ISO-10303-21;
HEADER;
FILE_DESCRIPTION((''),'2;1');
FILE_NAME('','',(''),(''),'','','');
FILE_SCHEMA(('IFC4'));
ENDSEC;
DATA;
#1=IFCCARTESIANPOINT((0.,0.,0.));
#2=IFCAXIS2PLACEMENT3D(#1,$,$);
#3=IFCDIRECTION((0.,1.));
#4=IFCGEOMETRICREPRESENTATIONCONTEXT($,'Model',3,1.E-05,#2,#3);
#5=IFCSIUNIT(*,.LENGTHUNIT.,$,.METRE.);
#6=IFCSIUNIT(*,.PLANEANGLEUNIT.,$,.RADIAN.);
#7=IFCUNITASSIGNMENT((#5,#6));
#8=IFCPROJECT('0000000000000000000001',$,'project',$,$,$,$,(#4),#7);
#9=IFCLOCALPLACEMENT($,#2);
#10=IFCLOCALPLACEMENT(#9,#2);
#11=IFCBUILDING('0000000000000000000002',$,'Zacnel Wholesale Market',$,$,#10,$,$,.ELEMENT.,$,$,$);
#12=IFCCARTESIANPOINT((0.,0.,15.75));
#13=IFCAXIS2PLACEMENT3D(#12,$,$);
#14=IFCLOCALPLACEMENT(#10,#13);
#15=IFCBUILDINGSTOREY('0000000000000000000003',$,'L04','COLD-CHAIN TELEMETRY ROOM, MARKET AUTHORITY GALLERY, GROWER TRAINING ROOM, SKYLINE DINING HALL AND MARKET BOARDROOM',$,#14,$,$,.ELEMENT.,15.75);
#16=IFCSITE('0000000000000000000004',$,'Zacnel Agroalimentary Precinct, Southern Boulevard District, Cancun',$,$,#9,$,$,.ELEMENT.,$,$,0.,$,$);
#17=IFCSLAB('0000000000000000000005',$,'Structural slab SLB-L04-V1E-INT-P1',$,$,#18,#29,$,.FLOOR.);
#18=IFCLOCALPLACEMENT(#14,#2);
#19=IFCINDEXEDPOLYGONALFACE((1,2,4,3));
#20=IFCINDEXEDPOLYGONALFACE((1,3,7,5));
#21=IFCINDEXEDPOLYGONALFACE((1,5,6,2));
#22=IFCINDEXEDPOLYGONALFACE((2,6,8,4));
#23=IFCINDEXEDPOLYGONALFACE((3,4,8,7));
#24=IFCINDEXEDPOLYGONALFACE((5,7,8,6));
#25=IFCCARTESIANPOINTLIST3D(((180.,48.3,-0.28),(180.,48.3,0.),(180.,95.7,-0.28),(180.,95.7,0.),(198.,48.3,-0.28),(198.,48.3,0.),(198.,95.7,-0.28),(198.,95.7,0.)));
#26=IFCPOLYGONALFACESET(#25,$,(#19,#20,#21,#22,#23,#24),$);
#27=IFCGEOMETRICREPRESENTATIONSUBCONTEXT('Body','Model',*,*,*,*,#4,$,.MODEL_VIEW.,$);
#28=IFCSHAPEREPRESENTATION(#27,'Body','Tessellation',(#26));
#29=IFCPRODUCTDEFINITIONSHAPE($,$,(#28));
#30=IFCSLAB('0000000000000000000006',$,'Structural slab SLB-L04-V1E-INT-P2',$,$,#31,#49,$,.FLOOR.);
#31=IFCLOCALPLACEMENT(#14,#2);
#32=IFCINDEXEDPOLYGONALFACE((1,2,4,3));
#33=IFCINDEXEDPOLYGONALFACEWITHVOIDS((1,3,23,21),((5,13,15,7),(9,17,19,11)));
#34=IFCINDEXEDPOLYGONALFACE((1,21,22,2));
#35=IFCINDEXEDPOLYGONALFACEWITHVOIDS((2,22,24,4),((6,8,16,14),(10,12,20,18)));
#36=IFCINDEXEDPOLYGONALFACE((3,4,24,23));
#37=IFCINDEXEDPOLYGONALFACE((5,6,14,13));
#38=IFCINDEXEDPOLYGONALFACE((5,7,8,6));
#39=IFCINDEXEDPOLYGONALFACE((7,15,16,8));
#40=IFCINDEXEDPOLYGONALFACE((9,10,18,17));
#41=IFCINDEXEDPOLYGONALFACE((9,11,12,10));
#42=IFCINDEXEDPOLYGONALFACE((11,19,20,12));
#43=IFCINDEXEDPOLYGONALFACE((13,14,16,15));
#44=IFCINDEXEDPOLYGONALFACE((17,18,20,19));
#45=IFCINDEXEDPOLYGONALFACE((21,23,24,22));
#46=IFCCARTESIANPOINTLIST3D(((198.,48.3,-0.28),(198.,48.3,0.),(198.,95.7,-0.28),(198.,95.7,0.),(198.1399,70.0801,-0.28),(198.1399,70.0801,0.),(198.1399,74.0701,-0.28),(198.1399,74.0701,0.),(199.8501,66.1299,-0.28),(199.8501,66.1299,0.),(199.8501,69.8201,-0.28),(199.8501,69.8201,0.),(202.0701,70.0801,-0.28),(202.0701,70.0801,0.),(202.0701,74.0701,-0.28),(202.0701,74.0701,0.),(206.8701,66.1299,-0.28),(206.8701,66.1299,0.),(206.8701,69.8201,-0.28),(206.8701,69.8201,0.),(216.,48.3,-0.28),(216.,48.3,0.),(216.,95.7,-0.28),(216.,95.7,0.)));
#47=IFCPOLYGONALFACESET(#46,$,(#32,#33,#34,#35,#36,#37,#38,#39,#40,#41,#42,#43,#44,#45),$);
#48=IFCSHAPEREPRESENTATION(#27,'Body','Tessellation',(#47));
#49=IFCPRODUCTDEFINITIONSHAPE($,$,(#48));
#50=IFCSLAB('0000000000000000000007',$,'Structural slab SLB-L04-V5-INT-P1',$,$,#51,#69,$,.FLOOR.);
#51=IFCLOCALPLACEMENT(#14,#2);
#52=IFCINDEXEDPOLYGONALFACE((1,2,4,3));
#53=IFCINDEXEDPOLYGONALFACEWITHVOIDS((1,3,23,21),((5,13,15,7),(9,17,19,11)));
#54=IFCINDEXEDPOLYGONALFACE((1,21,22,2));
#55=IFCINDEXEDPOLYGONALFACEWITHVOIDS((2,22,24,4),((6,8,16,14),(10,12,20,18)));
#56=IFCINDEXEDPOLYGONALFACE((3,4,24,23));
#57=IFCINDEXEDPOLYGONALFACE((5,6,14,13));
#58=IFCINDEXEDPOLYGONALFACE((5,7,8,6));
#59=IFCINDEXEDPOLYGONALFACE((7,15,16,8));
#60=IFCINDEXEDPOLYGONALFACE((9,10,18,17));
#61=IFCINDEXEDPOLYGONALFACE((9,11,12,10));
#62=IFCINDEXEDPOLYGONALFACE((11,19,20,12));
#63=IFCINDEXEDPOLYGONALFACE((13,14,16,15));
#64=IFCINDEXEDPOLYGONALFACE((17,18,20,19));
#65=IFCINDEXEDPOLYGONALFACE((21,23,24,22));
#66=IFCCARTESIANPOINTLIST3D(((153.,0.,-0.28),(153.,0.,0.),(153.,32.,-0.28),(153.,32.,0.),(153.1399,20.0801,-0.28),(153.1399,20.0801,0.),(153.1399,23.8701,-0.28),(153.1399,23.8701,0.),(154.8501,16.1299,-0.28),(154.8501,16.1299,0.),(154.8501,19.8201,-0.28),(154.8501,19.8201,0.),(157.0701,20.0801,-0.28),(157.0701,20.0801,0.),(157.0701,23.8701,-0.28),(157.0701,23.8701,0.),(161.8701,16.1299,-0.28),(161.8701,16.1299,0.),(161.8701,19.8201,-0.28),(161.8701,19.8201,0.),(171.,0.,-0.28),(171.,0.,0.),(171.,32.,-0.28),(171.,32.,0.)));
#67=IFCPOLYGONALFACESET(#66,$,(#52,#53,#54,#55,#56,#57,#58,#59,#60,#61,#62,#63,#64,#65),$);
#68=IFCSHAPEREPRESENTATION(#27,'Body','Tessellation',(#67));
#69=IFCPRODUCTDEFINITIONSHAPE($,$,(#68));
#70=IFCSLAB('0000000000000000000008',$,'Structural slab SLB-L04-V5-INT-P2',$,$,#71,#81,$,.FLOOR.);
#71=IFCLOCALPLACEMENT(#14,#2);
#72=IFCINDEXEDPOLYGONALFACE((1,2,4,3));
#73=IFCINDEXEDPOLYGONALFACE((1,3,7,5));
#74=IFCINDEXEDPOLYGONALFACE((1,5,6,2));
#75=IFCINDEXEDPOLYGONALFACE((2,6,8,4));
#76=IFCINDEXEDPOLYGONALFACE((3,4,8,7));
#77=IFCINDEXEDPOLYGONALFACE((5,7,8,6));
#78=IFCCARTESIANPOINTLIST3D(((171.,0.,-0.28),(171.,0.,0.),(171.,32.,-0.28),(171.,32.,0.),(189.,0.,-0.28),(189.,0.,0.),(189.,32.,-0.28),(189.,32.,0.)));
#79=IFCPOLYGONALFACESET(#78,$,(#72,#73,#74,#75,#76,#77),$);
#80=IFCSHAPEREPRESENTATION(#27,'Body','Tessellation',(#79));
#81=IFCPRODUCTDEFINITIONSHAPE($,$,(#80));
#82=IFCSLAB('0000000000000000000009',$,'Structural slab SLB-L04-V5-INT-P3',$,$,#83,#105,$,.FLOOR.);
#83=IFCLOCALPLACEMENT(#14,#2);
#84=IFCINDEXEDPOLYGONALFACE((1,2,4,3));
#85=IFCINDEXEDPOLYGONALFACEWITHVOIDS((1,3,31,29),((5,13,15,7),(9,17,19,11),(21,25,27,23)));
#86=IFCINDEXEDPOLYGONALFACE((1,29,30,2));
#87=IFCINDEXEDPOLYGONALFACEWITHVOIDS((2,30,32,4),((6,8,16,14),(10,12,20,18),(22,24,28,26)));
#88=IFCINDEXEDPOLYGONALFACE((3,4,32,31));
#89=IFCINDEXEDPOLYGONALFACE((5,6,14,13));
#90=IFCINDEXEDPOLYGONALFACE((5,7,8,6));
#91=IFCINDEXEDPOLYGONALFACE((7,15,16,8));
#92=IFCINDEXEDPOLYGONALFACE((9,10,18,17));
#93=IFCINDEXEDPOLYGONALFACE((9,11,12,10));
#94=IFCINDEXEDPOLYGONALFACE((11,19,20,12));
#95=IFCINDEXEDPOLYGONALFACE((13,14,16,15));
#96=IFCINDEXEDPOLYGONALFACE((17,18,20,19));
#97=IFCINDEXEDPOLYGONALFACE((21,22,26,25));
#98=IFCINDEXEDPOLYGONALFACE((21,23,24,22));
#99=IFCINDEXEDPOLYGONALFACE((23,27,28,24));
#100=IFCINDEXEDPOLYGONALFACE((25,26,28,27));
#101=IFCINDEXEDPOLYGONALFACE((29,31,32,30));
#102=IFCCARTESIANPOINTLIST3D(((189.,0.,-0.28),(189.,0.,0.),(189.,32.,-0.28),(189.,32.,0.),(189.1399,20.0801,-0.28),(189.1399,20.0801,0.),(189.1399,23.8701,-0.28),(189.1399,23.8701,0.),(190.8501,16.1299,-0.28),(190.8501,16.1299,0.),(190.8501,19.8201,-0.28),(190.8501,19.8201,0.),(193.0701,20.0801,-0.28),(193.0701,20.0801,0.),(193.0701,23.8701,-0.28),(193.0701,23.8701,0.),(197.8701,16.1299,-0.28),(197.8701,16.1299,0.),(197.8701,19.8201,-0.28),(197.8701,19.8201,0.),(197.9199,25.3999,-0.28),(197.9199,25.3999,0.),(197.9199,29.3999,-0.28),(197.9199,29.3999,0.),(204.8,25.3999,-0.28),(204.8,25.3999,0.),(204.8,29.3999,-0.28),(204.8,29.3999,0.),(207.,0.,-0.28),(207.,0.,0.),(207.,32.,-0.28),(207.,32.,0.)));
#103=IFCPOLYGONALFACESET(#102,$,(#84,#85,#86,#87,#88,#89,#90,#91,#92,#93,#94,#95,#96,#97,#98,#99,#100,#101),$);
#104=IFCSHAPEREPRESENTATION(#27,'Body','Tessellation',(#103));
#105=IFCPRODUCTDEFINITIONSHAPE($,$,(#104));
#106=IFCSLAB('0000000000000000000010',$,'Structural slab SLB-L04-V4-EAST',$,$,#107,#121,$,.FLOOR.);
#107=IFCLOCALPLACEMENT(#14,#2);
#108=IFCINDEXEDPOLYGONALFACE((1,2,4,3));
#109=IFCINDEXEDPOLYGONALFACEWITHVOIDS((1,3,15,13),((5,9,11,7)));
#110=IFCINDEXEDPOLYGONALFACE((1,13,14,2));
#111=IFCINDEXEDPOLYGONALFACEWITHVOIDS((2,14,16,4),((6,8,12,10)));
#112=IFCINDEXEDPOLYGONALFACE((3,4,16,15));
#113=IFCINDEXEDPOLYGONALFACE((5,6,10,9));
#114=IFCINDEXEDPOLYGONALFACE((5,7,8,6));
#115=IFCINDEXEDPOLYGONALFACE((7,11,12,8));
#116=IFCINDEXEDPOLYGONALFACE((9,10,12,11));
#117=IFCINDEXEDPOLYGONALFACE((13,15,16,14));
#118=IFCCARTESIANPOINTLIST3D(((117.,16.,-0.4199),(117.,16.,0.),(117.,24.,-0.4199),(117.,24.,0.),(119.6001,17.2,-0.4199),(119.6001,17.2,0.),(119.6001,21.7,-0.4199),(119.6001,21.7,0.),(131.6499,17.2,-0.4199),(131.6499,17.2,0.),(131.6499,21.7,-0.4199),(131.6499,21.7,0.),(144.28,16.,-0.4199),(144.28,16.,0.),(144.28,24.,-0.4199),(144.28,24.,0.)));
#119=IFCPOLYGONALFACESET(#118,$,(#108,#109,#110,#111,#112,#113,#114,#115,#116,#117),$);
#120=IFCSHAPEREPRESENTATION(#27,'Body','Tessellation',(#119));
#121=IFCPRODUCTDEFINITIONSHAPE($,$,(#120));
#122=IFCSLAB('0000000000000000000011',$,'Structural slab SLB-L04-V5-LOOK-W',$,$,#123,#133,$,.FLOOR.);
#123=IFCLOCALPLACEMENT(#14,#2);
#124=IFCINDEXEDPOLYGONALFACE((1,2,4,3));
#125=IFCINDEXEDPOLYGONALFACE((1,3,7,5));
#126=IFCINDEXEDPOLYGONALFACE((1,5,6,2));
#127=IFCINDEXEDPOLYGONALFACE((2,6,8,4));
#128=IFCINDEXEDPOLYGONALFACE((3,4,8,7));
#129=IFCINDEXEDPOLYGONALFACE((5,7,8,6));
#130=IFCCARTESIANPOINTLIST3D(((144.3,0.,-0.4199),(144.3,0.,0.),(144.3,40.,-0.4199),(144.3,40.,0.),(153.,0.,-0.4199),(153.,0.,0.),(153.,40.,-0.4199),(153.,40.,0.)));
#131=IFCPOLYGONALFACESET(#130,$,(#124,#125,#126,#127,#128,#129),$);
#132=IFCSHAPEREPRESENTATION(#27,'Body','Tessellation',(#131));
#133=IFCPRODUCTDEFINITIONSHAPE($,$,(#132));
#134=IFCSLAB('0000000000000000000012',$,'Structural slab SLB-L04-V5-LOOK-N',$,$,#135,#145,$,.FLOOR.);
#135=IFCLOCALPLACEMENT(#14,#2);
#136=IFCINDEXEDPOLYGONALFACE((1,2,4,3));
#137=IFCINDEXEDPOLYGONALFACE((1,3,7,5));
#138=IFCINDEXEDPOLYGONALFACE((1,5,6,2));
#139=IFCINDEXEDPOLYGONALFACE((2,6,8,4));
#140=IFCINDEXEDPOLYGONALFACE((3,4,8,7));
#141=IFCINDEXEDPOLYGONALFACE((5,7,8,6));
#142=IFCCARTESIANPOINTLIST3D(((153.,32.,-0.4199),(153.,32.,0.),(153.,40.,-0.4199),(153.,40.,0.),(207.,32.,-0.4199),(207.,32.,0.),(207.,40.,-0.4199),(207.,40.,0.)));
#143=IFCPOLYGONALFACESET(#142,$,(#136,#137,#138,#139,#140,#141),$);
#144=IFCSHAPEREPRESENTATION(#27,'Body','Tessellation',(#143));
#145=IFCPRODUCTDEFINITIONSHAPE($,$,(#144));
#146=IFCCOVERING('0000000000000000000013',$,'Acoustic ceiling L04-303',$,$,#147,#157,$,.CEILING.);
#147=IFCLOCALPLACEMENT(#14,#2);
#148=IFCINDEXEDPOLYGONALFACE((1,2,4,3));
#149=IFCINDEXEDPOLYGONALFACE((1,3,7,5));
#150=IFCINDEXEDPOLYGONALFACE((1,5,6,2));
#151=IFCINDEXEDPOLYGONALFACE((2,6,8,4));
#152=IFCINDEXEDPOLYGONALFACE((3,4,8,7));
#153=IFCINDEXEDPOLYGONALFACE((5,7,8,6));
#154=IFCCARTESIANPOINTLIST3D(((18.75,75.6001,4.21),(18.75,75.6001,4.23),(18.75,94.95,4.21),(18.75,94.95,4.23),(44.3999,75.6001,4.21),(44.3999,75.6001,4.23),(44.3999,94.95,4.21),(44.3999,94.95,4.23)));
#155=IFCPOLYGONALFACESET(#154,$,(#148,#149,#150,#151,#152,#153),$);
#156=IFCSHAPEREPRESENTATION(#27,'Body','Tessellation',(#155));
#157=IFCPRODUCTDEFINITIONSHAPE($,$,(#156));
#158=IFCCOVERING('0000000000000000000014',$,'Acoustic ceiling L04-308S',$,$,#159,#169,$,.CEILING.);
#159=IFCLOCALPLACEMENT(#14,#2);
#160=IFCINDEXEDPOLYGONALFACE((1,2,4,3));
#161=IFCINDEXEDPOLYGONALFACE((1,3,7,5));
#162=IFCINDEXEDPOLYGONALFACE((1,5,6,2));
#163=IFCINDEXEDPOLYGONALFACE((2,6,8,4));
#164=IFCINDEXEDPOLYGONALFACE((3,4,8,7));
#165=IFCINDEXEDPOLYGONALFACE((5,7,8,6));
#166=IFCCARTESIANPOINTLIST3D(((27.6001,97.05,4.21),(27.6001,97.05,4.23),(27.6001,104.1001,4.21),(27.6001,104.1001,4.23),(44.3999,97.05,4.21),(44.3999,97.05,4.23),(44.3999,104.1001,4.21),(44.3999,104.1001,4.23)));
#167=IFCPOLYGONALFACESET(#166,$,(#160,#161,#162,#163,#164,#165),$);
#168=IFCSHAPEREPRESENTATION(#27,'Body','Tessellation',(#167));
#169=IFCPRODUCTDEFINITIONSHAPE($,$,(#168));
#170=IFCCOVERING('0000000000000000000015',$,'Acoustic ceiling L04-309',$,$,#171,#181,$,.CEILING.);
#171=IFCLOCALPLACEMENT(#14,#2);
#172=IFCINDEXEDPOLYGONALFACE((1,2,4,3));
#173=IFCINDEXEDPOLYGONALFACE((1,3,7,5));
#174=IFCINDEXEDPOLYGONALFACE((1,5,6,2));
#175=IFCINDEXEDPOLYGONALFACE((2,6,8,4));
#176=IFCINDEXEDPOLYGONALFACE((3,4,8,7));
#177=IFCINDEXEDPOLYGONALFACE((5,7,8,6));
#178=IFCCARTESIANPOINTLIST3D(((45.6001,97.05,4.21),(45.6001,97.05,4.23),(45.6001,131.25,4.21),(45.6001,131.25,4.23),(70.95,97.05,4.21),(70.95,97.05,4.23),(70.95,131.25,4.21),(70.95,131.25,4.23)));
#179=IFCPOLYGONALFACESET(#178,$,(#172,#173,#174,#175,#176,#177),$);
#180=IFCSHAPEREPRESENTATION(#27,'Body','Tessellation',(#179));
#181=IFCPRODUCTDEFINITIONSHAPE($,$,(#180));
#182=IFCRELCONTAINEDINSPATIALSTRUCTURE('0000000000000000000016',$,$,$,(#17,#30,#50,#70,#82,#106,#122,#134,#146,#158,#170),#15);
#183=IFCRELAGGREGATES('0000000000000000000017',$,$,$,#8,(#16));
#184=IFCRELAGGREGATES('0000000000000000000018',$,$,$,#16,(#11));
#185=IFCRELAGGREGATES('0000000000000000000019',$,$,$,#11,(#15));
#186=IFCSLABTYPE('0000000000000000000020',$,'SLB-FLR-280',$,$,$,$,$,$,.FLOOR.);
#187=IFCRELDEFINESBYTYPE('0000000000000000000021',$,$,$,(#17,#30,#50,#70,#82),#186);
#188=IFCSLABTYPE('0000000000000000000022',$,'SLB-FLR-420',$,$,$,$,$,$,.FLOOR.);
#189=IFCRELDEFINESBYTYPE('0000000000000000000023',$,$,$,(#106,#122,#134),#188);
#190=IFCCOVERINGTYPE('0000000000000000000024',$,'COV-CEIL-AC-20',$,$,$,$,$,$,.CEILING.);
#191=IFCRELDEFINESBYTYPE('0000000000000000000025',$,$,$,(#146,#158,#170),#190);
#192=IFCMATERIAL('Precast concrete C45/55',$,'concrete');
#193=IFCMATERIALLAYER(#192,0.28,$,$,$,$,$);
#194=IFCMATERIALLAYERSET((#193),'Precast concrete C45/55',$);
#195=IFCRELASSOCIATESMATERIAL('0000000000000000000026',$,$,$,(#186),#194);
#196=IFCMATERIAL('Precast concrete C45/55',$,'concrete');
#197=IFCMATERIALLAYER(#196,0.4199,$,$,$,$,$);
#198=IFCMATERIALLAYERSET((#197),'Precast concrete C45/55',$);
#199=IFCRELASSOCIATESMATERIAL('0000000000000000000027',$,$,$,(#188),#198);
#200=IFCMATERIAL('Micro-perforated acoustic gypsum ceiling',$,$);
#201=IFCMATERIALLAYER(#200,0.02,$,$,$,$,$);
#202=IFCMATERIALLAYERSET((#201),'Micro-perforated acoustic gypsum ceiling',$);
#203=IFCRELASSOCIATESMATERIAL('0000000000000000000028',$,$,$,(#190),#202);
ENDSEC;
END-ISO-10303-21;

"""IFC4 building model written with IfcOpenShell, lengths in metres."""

from ifc_helpers import new_model, si_unit, direction, frame, origin, place, context, subcontext, project, spatial, polyline, outline, extrude, material, layer, layer_set, type_object, element, save


model = new_model("IFC4")

# Units and contexts
model_context = context("Model", 3, precision=1e-05, world=origin(), true_north=direction((0.0, 1.0)))
body_context = subcontext(model_context, "Body", "Model", "MODEL_VIEW")
ifc_project = project(units=[si_unit("LENGTHUNIT", "METRE"), si_unit("PLANEANGLEUNIT", "RADIAN")], contexts=[model_context])

# Site, building, storey
site_placement = place(None, origin())
site = spatial("IfcSite", under=ifc_project, at=site_placement, Name="Zacnel Agroalimentary Precinct, Southern Boulevard District, Cancun", CompositionType="ELEMENT", RefElevation=0.0)
building_placement = place(site_placement, origin())
building = spatial("IfcBuilding", under=site, at=building_placement, Name="Zacnel Wholesale Market", CompositionType="ELEMENT")
storey_placement = place(building_placement, frame((0.0, 0.0, 15.75)))
storey = spatial("IfcBuildingStorey", under=building, at=storey_placement, Name="L04", Description="COLD-CHAIN TELEMETRY ROOM, MARKET AUTHORITY GALLERY, GROWER TRAINING ROOM, SKYLINE DINING HALL AND MARKET BOARDROOM", CompositionType="ELEMENT", Elevation=15.75)

# Slabs
ifc_material_1 = material(Name="Precast concrete C45/55", Category="concrete")
ifc_layer_1 = layer(ifc_material_1, 0.28)
ifc_layer_set_1 = layer_set([ifc_layer_1], Name="Precast concrete C45/55")
slab_type_1 = type_object("IfcSlabType", Name="SLB-FLR-280", PredefinedType="FLOOR", material=ifc_layer_set_1)
slab_1_placement = place(storey_placement, frame((0.0, 0.0, -0.28)))
element("IfcSlab", 1, at=slab_1_placement, inside=storey, type_object=slab_type_1, Name="Structural slab SLB-L04-V1E-INT-P1", PredefinedType="FLOOR", context=body_context, shape_type="SweptSolid", body=[
    extrude(outline(polyline([(198.0, 95.7), (198.0, 48.3), (180.0, 48.3), (180.0, 95.7), (198.0, 95.7)])), origin(), (0.0, 0.0, 1.0), 0.28),
])
slab_2_placement = place(storey_placement, frame((0.0, 0.0, -0.28)))
element("IfcSlab", 2, at=slab_2_placement, inside=storey, type_object=slab_type_1, Name="Structural slab SLB-L04-V1E-INT-P2", PredefinedType="FLOOR", context=body_context, shape_type="SweptSolid", body=[
    extrude(outline(polyline([(216.0, 48.3), (198.0, 48.3), (198.0, 95.7), (216.0, 95.7), (216.0, 48.3)]), holes=[polyline([(199.8501, 66.1299), (206.8701, 66.1299), (206.8701, 69.8201), (199.8501, 69.8201), (199.8501, 66.1299)]), polyline([(198.1399, 70.0801), (202.0701, 70.0801), (202.0701, 74.0701), (198.1399, 74.0701), (198.1399, 70.0801)])]), origin(), (0.0, 0.0, 1.0), 0.28),
])
slab_3_placement = place(storey_placement, frame((0.0, 0.0, -0.28)))
element("IfcSlab", 3, at=slab_3_placement, inside=storey, type_object=slab_type_1, Name="Structural slab SLB-L04-V5-INT-P1", PredefinedType="FLOOR", context=body_context, shape_type="SweptSolid", body=[
    extrude(outline(polyline([(171.0, 32.0), (171.0, 0.0), (153.0, 0.0), (153.0, 32.0), (171.0, 32.0)]), holes=[polyline([(154.8501, 16.1299), (161.8701, 16.1299), (161.8701, 19.8201), (154.8501, 19.8201), (154.8501, 16.1299)]), polyline([(153.1399, 20.0801), (157.0701, 20.0801), (157.0701, 23.8701), (153.1399, 23.8701), (153.1399, 20.0801)])]), origin(), (0.0, 0.0, 1.0), 0.28),
])
slab_4_placement = place(storey_placement, frame((0.0, 0.0, -0.28)))
element("IfcSlab", 4, at=slab_4_placement, inside=storey, type_object=slab_type_1, Name="Structural slab SLB-L04-V5-INT-P2", PredefinedType="FLOOR", context=body_context, shape_type="SweptSolid", body=[
    extrude(outline(polyline([(189.0, 32.0), (189.0, 0.0), (171.0, 0.0), (171.0, 32.0), (189.0, 32.0)])), origin(), (0.0, 0.0, 1.0), 0.28),
])
slab_5_placement = place(storey_placement, frame((0.0, 0.0, -0.28)))
element("IfcSlab", 5, at=slab_5_placement, inside=storey, type_object=slab_type_1, Name="Structural slab SLB-L04-V5-INT-P3", PredefinedType="FLOOR", context=body_context, shape_type="SweptSolid", body=[
    extrude(outline(polyline([(207.0, 0.0), (189.0, 0.0), (189.0, 32.0), (207.0, 32.0), (207.0, 0.0)]), holes=[polyline([(190.8501, 16.1299), (197.8701, 16.1299), (197.8701, 19.8201), (190.8501, 19.8201), (190.8501, 16.1299)]), polyline([(189.1399, 20.0801), (193.0701, 20.0801), (193.0701, 23.8701), (189.1399, 23.8701), (189.1399, 20.0801)]), polyline([(197.9199, 25.3999), (204.8, 25.3999), (204.8, 29.3999), (197.9199, 29.3999), (197.9199, 25.3999)])]), origin(), (0.0, 0.0, 1.0), 0.28),
])
ifc_material_2 = material(Name="Precast concrete C45/55", Category="concrete")
ifc_layer_2 = layer(ifc_material_2, 0.4199)
ifc_layer_set_2 = layer_set([ifc_layer_2], Name="Precast concrete C45/55")
slab_type_2 = type_object("IfcSlabType", Name="SLB-FLR-420", PredefinedType="FLOOR", material=ifc_layer_set_2)
slab_6_placement = place(storey_placement, frame((0.0, 0.0, -0.4199)))
element("IfcSlab", 6, at=slab_6_placement, inside=storey, type_object=slab_type_2, Name="Structural slab SLB-L04-V4-EAST", PredefinedType="FLOOR", context=body_context, shape_type="SweptSolid", body=[
    extrude(outline(polyline([(144.28, 16.0), (144.28, 24.0), (117.0, 24.0), (117.0, 16.0), (144.28, 16.0)]), holes=[polyline([(119.6001, 17.2), (131.6499, 17.2), (131.6499, 21.7), (119.6001, 21.7), (119.6001, 17.2)])]), origin(), (0.0, 0.0, 1.0), 0.4199),
])
slab_7_placement = place(storey_placement, frame((0.0, 0.0, -0.4199)))
element("IfcSlab", 7, at=slab_7_placement, inside=storey, type_object=slab_type_2, Name="Structural slab SLB-L04-V5-LOOK-W", PredefinedType="FLOOR", context=body_context, shape_type="SweptSolid", body=[
    extrude(outline(polyline([(153.0, 0.0), (153.0, 40.0), (144.3, 40.0), (144.3, 0.0), (153.0, 0.0)])), origin(), (0.0, 0.0, 1.0), 0.4199),
])
slab_8_placement = place(storey_placement, frame((0.0, 0.0, -0.4199)))
element("IfcSlab", 8, at=slab_8_placement, inside=storey, type_object=slab_type_2, Name="Structural slab SLB-L04-V5-LOOK-N", PredefinedType="FLOOR", context=body_context, shape_type="SweptSolid", body=[
    extrude(outline(polyline([(207.0, 32.0), (207.0, 40.0), (153.0, 40.0), (153.0, 32.0), (207.0, 32.0)])), origin(), (0.0, 0.0, 1.0), 0.4199),
])

# Coverings
ifc_material_3 = material(Name="Micro-perforated acoustic gypsum ceiling")
ifc_layer_3 = layer(ifc_material_3, 0.02)
ifc_layer_set_3 = layer_set([ifc_layer_3], Name="Micro-perforated acoustic gypsum ceiling")
covering_type_1 = type_object("IfcCoveringType", Name="COV-CEIL-AC-20", PredefinedType="CEILING", material=ifc_layer_set_3)
covering_1_placement = place(storey_placement, frame((0.0, 0.0, 4.21)))
element("IfcCovering", 9, at=covering_1_placement, inside=storey, type_object=covering_type_1, Name="Acoustic ceiling L04-303", PredefinedType="CEILING", context=body_context, shape_type="SweptSolid", body=[
    extrude(outline(polyline([(18.75, 75.6001), (44.3999, 75.6001), (44.3999, 94.95), (18.75, 94.95), (18.75, 75.6001)])), origin(), (0.0, 0.0, 1.0), 0.02),
])
covering_2_placement = place(storey_placement, frame((0.0, 0.0, 4.21)))
element("IfcCovering", 10, at=covering_2_placement, inside=storey, type_object=covering_type_1, Name="Acoustic ceiling L04-308S", PredefinedType="CEILING", context=body_context, shape_type="SweptSolid", body=[
    extrude(outline(polyline([(27.6001, 97.05), (44.3999, 97.05), (44.3999, 104.1001), (27.6001, 104.1001), (27.6001, 97.05)])), origin(), (0.0, 0.0, 1.0), 0.02),
])
covering_3_placement = place(storey_placement, frame((0.0, 0.0, 4.21)))
element("IfcCovering", 11, at=covering_3_placement, inside=storey, type_object=covering_type_1, Name="Acoustic ceiling L04-309", PredefinedType="CEILING", context=body_context, shape_type="SweptSolid", body=[
    extrude(outline(polyline([(45.6001, 97.05), (70.95, 97.05), (70.95, 131.25), (45.6001, 131.25), (45.6001, 97.05)])), origin(), (0.0, 0.0, 1.0), 0.02),
])

save(model, "model.ifc")
